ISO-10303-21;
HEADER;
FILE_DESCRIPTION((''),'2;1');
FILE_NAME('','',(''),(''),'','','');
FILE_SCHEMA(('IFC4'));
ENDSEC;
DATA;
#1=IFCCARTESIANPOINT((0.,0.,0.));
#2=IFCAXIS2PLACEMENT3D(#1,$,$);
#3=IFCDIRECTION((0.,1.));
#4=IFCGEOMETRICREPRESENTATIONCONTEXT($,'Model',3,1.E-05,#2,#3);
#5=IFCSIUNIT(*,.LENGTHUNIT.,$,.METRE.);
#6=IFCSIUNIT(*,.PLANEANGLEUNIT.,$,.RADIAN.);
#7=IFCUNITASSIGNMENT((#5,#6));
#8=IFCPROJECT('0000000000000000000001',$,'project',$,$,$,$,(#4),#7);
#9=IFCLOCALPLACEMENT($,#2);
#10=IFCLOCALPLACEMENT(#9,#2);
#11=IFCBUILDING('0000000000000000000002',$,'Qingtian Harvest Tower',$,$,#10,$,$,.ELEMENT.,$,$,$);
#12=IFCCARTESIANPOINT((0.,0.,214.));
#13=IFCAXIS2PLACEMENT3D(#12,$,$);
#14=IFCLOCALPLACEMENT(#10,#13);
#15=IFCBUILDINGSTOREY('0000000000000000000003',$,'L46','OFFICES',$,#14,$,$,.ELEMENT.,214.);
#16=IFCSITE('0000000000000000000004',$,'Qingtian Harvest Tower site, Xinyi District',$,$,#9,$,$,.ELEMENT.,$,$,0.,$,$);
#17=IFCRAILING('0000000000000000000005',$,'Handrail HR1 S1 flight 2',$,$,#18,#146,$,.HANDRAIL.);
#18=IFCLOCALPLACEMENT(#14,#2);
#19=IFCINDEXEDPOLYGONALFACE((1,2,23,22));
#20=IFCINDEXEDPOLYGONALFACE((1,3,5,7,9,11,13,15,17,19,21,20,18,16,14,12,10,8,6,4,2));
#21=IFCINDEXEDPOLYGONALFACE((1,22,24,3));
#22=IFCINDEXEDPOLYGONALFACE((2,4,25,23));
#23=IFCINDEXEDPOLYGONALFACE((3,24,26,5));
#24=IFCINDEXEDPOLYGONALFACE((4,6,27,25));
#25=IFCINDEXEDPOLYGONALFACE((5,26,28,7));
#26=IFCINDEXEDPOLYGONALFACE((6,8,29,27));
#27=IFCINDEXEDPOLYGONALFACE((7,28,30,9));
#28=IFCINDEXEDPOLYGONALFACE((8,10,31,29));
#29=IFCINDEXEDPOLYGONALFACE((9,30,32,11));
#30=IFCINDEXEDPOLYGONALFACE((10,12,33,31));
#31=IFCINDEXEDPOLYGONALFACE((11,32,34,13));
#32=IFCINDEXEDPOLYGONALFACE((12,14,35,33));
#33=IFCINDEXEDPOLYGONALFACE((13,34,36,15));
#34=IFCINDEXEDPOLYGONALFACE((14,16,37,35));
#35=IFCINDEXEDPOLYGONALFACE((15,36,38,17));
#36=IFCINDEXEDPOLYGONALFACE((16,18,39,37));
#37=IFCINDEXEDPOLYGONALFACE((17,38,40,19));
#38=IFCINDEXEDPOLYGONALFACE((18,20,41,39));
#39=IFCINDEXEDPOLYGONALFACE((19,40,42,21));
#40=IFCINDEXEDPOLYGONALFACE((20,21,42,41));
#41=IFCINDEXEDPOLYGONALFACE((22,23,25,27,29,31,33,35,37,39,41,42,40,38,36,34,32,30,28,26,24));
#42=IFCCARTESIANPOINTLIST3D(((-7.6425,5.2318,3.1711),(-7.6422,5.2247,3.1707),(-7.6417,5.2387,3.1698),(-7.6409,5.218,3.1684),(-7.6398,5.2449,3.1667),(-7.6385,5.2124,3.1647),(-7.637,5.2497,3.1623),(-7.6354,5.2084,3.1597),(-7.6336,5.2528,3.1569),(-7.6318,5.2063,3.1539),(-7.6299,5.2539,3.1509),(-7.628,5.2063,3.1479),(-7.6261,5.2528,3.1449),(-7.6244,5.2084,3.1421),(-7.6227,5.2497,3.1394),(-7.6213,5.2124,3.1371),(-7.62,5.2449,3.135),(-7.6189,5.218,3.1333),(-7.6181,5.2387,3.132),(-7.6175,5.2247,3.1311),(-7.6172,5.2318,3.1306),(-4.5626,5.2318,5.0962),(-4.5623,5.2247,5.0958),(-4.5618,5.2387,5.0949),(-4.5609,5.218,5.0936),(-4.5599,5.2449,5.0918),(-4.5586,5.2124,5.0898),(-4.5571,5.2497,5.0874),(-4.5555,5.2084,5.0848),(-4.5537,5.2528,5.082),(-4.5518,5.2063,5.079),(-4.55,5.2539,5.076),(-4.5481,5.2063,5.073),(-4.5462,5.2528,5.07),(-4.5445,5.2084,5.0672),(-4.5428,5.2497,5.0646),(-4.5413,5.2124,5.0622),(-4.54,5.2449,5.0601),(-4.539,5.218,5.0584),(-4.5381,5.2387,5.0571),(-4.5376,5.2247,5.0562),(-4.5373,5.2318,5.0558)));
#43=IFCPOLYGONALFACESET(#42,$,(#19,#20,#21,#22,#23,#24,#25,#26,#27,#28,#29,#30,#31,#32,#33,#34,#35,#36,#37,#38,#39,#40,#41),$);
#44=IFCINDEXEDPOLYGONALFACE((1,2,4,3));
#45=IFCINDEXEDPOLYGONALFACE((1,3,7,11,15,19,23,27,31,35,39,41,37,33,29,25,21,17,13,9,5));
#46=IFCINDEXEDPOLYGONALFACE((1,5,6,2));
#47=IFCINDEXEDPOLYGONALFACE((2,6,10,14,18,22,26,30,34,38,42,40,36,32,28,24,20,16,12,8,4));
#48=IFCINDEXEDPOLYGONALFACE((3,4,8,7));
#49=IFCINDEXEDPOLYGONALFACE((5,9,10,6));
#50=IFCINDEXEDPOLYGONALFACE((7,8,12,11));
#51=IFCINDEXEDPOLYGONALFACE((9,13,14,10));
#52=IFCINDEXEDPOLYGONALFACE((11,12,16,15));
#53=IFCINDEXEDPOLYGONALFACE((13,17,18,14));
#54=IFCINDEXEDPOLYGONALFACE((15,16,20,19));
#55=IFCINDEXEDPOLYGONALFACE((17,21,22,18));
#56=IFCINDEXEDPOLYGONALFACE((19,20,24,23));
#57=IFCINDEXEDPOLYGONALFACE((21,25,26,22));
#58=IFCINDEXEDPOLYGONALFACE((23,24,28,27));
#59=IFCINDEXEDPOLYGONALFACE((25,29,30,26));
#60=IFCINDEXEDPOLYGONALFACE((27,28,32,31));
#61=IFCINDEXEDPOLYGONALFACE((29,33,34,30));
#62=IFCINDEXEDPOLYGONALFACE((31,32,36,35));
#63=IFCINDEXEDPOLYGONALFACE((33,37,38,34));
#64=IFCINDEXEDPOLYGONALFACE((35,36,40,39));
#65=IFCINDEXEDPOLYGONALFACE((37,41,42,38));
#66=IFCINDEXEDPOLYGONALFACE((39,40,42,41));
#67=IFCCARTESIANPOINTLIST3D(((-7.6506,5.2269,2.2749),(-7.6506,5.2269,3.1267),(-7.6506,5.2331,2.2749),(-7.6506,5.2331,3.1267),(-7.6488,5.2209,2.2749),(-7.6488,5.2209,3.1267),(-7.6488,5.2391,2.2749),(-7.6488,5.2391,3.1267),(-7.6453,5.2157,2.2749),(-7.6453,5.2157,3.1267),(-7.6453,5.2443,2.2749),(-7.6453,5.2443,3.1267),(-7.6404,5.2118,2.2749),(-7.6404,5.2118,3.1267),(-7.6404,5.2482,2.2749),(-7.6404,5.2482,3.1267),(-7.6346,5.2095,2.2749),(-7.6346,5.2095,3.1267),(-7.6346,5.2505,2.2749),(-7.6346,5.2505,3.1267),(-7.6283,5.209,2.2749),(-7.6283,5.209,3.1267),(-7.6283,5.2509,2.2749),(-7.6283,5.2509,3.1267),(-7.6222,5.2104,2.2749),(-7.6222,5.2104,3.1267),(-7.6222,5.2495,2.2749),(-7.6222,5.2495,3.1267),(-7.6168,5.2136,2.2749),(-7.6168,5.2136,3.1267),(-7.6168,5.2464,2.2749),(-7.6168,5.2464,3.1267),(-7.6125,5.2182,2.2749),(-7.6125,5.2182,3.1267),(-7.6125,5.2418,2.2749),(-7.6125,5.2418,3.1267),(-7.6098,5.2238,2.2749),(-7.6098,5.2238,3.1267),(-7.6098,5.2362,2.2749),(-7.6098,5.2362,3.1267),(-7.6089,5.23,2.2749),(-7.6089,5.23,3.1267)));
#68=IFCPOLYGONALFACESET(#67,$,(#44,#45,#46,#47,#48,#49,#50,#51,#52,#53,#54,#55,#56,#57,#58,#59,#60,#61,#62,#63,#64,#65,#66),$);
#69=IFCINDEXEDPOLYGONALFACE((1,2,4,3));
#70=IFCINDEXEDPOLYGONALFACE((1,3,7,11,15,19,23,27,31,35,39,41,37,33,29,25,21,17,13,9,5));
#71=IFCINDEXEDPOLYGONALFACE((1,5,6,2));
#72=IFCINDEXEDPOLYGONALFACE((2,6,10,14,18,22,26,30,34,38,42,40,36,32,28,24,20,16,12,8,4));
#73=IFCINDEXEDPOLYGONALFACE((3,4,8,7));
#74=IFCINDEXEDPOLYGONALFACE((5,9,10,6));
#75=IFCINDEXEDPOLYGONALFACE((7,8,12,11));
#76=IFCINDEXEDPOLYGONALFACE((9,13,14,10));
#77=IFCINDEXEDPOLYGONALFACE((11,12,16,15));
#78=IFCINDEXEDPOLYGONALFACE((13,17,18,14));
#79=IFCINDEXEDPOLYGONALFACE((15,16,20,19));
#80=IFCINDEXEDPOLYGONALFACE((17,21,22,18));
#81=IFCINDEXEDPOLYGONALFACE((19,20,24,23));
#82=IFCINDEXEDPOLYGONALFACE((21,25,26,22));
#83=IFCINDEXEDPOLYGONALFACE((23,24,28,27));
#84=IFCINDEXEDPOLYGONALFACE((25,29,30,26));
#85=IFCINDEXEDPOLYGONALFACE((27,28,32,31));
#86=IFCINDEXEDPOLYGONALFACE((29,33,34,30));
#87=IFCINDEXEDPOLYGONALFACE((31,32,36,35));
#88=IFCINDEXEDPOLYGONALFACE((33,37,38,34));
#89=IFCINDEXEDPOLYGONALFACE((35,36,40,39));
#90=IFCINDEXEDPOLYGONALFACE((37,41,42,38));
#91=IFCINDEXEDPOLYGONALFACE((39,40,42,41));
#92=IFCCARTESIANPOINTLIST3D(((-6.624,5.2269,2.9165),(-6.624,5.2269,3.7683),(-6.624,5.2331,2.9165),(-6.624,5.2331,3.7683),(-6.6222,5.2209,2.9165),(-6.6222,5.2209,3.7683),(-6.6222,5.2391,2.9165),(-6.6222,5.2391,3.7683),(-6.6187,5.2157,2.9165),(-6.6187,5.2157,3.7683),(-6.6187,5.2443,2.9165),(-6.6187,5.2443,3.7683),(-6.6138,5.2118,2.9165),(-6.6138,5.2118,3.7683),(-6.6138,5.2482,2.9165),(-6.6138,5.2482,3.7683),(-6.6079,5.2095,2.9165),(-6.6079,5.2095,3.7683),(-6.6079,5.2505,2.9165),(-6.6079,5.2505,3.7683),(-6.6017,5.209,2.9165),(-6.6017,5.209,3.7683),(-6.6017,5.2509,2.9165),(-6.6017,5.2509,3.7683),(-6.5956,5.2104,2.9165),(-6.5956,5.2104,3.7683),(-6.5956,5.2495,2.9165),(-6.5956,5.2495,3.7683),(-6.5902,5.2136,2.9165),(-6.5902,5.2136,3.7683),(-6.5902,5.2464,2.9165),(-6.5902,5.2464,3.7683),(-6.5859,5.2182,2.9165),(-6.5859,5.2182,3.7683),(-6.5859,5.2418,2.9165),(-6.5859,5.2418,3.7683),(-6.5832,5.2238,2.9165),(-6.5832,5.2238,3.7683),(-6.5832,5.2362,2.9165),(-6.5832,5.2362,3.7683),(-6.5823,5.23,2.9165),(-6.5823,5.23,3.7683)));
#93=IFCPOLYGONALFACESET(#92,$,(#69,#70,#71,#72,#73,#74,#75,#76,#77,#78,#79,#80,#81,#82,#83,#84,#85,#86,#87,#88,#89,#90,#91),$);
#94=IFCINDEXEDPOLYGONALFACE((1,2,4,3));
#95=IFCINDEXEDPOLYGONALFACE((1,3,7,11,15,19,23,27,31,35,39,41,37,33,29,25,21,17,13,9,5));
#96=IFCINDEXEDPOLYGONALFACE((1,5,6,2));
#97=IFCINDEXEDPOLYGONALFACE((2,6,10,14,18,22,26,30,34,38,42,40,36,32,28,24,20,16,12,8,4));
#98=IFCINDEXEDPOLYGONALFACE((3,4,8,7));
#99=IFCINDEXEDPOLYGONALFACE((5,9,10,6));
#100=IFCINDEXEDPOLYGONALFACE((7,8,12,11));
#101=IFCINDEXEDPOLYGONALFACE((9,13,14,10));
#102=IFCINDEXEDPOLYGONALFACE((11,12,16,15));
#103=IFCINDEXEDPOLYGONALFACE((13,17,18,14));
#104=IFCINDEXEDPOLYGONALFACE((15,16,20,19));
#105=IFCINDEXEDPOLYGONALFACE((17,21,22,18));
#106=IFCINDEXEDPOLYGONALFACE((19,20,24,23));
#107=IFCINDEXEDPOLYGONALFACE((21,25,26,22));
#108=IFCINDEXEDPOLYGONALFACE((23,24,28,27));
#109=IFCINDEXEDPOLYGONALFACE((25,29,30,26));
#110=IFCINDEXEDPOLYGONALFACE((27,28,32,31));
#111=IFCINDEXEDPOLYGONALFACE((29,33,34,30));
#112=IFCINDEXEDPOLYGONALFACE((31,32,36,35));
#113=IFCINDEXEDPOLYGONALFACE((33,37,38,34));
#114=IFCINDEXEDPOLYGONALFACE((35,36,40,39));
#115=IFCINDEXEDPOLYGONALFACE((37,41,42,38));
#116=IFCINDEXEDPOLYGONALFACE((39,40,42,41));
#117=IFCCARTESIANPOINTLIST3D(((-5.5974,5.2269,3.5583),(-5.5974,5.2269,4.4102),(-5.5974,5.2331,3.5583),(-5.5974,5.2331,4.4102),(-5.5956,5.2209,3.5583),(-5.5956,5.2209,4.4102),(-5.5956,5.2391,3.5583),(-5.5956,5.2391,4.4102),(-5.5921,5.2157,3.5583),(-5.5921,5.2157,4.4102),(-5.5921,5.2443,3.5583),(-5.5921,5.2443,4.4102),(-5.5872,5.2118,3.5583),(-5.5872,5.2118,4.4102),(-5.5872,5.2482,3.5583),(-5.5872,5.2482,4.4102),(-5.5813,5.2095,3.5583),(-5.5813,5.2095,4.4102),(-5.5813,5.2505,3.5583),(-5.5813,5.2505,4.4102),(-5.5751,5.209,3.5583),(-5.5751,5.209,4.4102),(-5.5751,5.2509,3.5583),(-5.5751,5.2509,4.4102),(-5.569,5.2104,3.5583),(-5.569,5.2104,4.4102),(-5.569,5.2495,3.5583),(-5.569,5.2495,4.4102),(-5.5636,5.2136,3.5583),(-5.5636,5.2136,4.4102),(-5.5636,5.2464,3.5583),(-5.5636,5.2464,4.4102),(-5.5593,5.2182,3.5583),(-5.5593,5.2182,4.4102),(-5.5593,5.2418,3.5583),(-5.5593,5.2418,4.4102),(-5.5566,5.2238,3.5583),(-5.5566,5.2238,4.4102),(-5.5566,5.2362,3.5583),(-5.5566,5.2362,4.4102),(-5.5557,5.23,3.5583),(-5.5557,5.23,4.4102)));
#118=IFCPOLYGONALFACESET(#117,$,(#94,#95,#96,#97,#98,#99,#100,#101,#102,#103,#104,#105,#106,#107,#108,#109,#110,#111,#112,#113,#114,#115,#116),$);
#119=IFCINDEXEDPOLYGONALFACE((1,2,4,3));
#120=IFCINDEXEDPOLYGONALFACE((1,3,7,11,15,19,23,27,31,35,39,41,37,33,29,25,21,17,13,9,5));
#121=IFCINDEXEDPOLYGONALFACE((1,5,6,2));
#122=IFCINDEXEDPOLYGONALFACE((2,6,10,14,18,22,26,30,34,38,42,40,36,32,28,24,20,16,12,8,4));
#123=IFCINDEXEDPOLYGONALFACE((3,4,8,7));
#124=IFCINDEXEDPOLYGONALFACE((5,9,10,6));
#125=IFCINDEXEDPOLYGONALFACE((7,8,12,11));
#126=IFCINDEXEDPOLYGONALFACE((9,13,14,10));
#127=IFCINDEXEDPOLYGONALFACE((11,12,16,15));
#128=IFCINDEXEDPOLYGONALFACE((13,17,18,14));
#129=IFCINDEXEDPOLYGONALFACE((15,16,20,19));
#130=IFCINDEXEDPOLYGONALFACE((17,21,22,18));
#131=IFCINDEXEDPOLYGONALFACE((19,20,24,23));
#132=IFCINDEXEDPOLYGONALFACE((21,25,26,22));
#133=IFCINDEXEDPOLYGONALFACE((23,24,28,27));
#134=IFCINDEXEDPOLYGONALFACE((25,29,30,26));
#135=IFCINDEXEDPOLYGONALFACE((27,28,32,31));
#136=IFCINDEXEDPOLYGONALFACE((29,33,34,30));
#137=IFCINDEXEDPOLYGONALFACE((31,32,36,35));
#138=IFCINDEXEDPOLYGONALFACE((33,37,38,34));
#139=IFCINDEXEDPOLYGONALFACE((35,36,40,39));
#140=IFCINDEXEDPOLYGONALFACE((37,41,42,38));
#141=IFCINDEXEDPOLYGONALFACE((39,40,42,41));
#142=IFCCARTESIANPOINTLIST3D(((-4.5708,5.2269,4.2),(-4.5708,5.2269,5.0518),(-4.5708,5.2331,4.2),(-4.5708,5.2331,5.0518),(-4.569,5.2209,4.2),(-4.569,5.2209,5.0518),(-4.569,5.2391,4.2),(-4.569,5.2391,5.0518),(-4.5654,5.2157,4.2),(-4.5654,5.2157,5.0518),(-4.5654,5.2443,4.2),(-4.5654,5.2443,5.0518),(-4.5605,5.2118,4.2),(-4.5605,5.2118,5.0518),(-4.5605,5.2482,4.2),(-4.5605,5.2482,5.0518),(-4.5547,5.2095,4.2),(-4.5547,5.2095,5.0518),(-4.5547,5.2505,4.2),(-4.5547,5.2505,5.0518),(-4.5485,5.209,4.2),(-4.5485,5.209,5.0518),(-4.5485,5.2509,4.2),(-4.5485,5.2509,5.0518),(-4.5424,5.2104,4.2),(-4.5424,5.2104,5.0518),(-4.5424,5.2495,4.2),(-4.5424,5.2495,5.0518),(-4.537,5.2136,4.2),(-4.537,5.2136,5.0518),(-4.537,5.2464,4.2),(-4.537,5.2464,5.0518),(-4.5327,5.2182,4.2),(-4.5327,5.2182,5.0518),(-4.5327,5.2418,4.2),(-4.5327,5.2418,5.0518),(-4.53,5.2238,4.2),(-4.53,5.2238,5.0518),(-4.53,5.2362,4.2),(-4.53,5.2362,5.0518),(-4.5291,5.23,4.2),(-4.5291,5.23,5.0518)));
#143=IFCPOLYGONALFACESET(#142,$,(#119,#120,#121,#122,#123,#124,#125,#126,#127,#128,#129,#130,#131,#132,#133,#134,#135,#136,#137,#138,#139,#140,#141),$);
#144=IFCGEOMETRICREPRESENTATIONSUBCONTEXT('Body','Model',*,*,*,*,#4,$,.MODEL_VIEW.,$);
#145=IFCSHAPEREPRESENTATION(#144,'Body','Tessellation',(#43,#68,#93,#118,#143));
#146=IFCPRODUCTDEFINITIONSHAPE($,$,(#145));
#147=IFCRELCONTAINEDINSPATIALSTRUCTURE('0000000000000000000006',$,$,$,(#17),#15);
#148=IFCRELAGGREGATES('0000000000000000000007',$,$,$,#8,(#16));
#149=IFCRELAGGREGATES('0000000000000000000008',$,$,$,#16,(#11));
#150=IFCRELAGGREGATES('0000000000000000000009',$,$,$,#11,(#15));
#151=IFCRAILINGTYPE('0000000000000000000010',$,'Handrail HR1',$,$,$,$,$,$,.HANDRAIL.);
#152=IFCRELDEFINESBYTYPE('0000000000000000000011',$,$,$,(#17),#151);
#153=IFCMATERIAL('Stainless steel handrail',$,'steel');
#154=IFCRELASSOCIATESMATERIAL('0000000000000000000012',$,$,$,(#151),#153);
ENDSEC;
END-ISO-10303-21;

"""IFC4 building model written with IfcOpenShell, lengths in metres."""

from ifc_helpers import new_model, si_unit, direction, frame, origin, origin_2d, place, context, subcontext, project, spatial, circle, extrude, material, type_object, element, save


model = new_model("IFC4")

# Units and contexts
model_context = context("Model", 3, precision=1e-05, world=origin(), true_north=direction((0.0, 1.0)))
body_context = subcontext(model_context, "Body", "Model", "MODEL_VIEW")
ifc_project = project(units=[si_unit("LENGTHUNIT", "METRE"), si_unit("PLANEANGLEUNIT", "RADIAN")], contexts=[model_context])

# Site, building, storey
site_placement = place(None, origin())
site = spatial("IfcSite", under=ifc_project, at=site_placement, Name="Qingtian Harvest Tower site, Xinyi District", CompositionType="ELEMENT", RefElevation=0.0)
building_placement = place(site_placement, origin())
building = spatial("IfcBuilding", under=site, at=building_placement, Name="Qingtian Harvest Tower", CompositionType="ELEMENT")
storey_placement = place(building_placement, frame((0.0, 0.0, 214.0)))
storey = spatial("IfcBuildingStorey", under=building, at=storey_placement, Name="L46", Description="OFFICES", CompositionType="ELEMENT", Elevation=214.0)

# Railing
ifc_material_1 = material(Name="Stainless steel handrail", Category="steel")
railing_type = type_object("IfcRailingType", Name="Handrail HR1", PredefinedType="HANDRAIL", material=ifc_material_1)
railing_1_placement = place(storey_placement, frame((-7.6299, 5.23, 2.2749)))
element("IfcRailing", 1, at=railing_1_placement, inside=storey, type_object=railing_type, Name="Handrail HR1 S1 flight 2", PredefinedType="HANDRAIL", context=body_context, shape_type="SweptSolid", body=[
    extrude(circle(Radius=0.0239, at=origin_2d()), frame((0.0, 0.0, 0.876), z_axis=(0.847979, 0.0, 0.530029), x_axis=(0.0, 1.0, 0.0)), (0.0, 0.0, 1.0), 3.6321),
    extrude(circle(Radius=0.021, at=origin_2d()), origin(), (0.0, 0.0, 1.0), 0.8518),
    extrude(circle(Radius=0.021, at=origin_2d()), frame((1.0266, 0.0, 0.6416)), (0.0, 0.0, 1.0), 0.8518),
    extrude(circle(Radius=0.021, at=origin_2d()), frame((2.0532, 0.0, 1.2834)), (0.0, 0.0, 1.0), 0.8518),
    extrude(circle(Radius=0.021, at=origin_2d()), frame((3.0798, 0.0, 1.925)), (0.0, 0.0, 1.0), 0.8518),
])

save(model, "model.ifc")
